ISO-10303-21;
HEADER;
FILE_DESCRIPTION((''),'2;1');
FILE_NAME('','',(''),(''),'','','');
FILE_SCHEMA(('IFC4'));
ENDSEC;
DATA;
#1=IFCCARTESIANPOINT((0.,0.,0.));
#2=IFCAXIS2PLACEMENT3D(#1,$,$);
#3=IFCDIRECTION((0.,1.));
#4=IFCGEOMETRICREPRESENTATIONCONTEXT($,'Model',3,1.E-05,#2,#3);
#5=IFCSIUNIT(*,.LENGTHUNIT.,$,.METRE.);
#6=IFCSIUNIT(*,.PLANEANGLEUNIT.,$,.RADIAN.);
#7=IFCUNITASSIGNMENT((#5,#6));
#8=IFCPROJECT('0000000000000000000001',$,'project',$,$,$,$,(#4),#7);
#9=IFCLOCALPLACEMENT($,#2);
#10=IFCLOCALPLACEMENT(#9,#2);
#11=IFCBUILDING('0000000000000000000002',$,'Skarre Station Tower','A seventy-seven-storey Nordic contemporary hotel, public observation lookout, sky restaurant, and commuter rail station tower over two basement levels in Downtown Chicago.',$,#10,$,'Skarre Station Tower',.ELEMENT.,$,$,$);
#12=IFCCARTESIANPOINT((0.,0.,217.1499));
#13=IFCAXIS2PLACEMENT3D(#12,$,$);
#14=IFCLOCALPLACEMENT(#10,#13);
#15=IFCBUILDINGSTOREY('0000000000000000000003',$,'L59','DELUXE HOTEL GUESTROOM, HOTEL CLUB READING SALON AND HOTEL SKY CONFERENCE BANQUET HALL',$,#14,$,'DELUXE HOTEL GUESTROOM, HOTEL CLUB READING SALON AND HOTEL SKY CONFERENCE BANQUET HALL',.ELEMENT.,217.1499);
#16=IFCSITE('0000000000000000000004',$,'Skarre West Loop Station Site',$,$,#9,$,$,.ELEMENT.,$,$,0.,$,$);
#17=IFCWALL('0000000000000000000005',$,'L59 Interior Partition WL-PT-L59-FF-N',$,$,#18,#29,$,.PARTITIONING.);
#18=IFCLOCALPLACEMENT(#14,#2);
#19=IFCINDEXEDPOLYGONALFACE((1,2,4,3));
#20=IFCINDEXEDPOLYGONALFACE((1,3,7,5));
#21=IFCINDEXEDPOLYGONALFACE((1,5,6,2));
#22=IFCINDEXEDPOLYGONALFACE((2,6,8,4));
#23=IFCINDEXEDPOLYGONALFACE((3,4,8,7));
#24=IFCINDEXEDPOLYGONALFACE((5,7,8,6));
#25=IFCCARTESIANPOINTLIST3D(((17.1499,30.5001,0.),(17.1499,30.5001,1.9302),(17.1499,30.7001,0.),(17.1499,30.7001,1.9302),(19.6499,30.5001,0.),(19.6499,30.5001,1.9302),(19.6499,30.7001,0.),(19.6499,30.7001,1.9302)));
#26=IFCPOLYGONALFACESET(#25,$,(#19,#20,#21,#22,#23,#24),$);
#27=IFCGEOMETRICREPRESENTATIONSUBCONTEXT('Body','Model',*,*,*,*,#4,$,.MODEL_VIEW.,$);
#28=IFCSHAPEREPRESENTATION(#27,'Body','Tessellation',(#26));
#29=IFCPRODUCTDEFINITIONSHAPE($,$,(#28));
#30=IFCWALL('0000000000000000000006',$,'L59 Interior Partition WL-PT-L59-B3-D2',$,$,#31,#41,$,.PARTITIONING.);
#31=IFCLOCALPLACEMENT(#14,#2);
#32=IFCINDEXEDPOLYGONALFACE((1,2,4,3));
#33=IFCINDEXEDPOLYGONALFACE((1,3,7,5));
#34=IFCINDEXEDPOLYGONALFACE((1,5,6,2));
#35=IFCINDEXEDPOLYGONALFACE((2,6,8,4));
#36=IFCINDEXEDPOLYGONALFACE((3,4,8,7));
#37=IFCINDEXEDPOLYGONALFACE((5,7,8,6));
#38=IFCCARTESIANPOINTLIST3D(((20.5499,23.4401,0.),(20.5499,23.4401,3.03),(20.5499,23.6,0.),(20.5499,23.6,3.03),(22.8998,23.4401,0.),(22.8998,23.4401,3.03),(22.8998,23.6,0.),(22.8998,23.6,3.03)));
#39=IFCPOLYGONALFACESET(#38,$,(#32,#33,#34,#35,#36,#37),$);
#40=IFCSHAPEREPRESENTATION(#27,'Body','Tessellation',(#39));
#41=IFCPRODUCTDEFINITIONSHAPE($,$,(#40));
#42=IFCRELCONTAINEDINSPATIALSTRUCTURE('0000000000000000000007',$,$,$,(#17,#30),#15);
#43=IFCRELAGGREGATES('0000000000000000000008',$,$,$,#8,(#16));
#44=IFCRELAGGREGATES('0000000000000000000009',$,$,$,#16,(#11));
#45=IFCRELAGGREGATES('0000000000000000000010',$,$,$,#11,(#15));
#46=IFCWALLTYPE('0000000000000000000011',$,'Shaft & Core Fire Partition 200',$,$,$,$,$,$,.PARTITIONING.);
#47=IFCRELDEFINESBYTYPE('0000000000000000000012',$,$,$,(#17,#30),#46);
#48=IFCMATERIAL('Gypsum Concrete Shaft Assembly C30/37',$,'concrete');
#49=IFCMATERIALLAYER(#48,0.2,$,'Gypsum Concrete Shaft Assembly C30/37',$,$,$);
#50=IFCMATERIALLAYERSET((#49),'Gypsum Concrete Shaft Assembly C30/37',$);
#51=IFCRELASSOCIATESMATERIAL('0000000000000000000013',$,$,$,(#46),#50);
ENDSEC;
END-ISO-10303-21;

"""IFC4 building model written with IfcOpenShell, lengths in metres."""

from ifc_helpers import new_model, si_unit, direction, frame, frame_2d, origin, place, context, subcontext, project, spatial, rectangle, extrude, material, layer, layer_set, type_object, element, save


model = new_model("IFC4")

# Units and contexts
model_context = context("Model", 3, precision=1e-05, world=origin(), true_north=direction((0.0, 1.0)))
body_context = subcontext(model_context, "Body", "Model", "MODEL_VIEW")
ifc_project = project(units=[si_unit("LENGTHUNIT", "METRE"), si_unit("PLANEANGLEUNIT", "RADIAN")], contexts=[model_context])

# Site, building, storey
site_placement = place(None, origin())
site = spatial("IfcSite", under=ifc_project, at=site_placement, Name="Skarre West Loop Station Site", CompositionType="ELEMENT", RefElevation=0.0)
building_placement = place(site_placement, origin())
building = spatial("IfcBuilding", under=site, at=building_placement, Name="Skarre Station Tower", Description="A seventy-seven-storey Nordic contemporary hotel, public observation lookout, sky restaurant, and commuter rail station tower over two basement levels in Downtown Chicago.", LongName="Skarre Station Tower", CompositionType="ELEMENT")
storey_placement = place(building_placement, frame((0.0, 0.0, 217.1499)))
storey = spatial("IfcBuildingStorey", under=building, at=storey_placement, Name="L59", Description="DELUXE HOTEL GUESTROOM, HOTEL CLUB READING SALON AND HOTEL SKY CONFERENCE BANQUET HALL", LongName="DELUXE HOTEL GUESTROOM, HOTEL CLUB READING SALON AND HOTEL SKY CONFERENCE BANQUET HALL", CompositionType="ELEMENT", Elevation=217.1499)

# Shared definitions
ifc_material_1 = material(Name="Gypsum Concrete Shaft Assembly C30/37", Category="concrete")
ifc_layer_1 = layer(ifc_material_1, 0.2, Name="Gypsum Concrete Shaft Assembly C30/37")
ifc_layer_set_1 = layer_set([ifc_layer_1], Name="Gypsum Concrete Shaft Assembly C30/37")
wall_type_1 = type_object("IfcWallType", Name="Shaft & Core Fire Partition 200", PredefinedType="PARTITIONING", material=ifc_layer_set_1)

# Walls
wall_1_placement = place(storey_placement, frame((19.6499, 30.6001, 0.0), z_axis=(0.0, 0.0, 1.0), x_axis=(-1.0, 0.0, 0.0)))
element("IfcWall", 1, at=wall_1_placement, inside=storey, type_object=wall_type_1, Name="L59 Interior Partition WL-PT-L59-FF-N", PredefinedType="PARTITIONING", context=body_context, shape_type="SweptSolid", body=[
    extrude(rectangle(XDim=2.5, YDim=0.2, at=frame_2d((1.25, 0.0))), origin(), (0.0, 0.0, 1.0), 1.9302),
])
wall_2_placement = place(storey_placement, frame((20.55, 23.52, 0.0), z_axis=(0.0, 0.0, 1.0), x_axis=(1.0, 0.0, 0.0)))
element("IfcWall", 2, at=wall_2_placement, inside=storey, type_object=wall_type_1, Name="L59 Interior Partition WL-PT-L59-B3-D2", PredefinedType="PARTITIONING", context=body_context, shape_type="SweptSolid", body=[
    extrude(rectangle(XDim=2.3499, YDim=0.1599, at=frame_2d((1.1748, 0.0))), origin(), (0.0, 0.0, 1.0), 3.03),
])

save(model, "model.ifc")
